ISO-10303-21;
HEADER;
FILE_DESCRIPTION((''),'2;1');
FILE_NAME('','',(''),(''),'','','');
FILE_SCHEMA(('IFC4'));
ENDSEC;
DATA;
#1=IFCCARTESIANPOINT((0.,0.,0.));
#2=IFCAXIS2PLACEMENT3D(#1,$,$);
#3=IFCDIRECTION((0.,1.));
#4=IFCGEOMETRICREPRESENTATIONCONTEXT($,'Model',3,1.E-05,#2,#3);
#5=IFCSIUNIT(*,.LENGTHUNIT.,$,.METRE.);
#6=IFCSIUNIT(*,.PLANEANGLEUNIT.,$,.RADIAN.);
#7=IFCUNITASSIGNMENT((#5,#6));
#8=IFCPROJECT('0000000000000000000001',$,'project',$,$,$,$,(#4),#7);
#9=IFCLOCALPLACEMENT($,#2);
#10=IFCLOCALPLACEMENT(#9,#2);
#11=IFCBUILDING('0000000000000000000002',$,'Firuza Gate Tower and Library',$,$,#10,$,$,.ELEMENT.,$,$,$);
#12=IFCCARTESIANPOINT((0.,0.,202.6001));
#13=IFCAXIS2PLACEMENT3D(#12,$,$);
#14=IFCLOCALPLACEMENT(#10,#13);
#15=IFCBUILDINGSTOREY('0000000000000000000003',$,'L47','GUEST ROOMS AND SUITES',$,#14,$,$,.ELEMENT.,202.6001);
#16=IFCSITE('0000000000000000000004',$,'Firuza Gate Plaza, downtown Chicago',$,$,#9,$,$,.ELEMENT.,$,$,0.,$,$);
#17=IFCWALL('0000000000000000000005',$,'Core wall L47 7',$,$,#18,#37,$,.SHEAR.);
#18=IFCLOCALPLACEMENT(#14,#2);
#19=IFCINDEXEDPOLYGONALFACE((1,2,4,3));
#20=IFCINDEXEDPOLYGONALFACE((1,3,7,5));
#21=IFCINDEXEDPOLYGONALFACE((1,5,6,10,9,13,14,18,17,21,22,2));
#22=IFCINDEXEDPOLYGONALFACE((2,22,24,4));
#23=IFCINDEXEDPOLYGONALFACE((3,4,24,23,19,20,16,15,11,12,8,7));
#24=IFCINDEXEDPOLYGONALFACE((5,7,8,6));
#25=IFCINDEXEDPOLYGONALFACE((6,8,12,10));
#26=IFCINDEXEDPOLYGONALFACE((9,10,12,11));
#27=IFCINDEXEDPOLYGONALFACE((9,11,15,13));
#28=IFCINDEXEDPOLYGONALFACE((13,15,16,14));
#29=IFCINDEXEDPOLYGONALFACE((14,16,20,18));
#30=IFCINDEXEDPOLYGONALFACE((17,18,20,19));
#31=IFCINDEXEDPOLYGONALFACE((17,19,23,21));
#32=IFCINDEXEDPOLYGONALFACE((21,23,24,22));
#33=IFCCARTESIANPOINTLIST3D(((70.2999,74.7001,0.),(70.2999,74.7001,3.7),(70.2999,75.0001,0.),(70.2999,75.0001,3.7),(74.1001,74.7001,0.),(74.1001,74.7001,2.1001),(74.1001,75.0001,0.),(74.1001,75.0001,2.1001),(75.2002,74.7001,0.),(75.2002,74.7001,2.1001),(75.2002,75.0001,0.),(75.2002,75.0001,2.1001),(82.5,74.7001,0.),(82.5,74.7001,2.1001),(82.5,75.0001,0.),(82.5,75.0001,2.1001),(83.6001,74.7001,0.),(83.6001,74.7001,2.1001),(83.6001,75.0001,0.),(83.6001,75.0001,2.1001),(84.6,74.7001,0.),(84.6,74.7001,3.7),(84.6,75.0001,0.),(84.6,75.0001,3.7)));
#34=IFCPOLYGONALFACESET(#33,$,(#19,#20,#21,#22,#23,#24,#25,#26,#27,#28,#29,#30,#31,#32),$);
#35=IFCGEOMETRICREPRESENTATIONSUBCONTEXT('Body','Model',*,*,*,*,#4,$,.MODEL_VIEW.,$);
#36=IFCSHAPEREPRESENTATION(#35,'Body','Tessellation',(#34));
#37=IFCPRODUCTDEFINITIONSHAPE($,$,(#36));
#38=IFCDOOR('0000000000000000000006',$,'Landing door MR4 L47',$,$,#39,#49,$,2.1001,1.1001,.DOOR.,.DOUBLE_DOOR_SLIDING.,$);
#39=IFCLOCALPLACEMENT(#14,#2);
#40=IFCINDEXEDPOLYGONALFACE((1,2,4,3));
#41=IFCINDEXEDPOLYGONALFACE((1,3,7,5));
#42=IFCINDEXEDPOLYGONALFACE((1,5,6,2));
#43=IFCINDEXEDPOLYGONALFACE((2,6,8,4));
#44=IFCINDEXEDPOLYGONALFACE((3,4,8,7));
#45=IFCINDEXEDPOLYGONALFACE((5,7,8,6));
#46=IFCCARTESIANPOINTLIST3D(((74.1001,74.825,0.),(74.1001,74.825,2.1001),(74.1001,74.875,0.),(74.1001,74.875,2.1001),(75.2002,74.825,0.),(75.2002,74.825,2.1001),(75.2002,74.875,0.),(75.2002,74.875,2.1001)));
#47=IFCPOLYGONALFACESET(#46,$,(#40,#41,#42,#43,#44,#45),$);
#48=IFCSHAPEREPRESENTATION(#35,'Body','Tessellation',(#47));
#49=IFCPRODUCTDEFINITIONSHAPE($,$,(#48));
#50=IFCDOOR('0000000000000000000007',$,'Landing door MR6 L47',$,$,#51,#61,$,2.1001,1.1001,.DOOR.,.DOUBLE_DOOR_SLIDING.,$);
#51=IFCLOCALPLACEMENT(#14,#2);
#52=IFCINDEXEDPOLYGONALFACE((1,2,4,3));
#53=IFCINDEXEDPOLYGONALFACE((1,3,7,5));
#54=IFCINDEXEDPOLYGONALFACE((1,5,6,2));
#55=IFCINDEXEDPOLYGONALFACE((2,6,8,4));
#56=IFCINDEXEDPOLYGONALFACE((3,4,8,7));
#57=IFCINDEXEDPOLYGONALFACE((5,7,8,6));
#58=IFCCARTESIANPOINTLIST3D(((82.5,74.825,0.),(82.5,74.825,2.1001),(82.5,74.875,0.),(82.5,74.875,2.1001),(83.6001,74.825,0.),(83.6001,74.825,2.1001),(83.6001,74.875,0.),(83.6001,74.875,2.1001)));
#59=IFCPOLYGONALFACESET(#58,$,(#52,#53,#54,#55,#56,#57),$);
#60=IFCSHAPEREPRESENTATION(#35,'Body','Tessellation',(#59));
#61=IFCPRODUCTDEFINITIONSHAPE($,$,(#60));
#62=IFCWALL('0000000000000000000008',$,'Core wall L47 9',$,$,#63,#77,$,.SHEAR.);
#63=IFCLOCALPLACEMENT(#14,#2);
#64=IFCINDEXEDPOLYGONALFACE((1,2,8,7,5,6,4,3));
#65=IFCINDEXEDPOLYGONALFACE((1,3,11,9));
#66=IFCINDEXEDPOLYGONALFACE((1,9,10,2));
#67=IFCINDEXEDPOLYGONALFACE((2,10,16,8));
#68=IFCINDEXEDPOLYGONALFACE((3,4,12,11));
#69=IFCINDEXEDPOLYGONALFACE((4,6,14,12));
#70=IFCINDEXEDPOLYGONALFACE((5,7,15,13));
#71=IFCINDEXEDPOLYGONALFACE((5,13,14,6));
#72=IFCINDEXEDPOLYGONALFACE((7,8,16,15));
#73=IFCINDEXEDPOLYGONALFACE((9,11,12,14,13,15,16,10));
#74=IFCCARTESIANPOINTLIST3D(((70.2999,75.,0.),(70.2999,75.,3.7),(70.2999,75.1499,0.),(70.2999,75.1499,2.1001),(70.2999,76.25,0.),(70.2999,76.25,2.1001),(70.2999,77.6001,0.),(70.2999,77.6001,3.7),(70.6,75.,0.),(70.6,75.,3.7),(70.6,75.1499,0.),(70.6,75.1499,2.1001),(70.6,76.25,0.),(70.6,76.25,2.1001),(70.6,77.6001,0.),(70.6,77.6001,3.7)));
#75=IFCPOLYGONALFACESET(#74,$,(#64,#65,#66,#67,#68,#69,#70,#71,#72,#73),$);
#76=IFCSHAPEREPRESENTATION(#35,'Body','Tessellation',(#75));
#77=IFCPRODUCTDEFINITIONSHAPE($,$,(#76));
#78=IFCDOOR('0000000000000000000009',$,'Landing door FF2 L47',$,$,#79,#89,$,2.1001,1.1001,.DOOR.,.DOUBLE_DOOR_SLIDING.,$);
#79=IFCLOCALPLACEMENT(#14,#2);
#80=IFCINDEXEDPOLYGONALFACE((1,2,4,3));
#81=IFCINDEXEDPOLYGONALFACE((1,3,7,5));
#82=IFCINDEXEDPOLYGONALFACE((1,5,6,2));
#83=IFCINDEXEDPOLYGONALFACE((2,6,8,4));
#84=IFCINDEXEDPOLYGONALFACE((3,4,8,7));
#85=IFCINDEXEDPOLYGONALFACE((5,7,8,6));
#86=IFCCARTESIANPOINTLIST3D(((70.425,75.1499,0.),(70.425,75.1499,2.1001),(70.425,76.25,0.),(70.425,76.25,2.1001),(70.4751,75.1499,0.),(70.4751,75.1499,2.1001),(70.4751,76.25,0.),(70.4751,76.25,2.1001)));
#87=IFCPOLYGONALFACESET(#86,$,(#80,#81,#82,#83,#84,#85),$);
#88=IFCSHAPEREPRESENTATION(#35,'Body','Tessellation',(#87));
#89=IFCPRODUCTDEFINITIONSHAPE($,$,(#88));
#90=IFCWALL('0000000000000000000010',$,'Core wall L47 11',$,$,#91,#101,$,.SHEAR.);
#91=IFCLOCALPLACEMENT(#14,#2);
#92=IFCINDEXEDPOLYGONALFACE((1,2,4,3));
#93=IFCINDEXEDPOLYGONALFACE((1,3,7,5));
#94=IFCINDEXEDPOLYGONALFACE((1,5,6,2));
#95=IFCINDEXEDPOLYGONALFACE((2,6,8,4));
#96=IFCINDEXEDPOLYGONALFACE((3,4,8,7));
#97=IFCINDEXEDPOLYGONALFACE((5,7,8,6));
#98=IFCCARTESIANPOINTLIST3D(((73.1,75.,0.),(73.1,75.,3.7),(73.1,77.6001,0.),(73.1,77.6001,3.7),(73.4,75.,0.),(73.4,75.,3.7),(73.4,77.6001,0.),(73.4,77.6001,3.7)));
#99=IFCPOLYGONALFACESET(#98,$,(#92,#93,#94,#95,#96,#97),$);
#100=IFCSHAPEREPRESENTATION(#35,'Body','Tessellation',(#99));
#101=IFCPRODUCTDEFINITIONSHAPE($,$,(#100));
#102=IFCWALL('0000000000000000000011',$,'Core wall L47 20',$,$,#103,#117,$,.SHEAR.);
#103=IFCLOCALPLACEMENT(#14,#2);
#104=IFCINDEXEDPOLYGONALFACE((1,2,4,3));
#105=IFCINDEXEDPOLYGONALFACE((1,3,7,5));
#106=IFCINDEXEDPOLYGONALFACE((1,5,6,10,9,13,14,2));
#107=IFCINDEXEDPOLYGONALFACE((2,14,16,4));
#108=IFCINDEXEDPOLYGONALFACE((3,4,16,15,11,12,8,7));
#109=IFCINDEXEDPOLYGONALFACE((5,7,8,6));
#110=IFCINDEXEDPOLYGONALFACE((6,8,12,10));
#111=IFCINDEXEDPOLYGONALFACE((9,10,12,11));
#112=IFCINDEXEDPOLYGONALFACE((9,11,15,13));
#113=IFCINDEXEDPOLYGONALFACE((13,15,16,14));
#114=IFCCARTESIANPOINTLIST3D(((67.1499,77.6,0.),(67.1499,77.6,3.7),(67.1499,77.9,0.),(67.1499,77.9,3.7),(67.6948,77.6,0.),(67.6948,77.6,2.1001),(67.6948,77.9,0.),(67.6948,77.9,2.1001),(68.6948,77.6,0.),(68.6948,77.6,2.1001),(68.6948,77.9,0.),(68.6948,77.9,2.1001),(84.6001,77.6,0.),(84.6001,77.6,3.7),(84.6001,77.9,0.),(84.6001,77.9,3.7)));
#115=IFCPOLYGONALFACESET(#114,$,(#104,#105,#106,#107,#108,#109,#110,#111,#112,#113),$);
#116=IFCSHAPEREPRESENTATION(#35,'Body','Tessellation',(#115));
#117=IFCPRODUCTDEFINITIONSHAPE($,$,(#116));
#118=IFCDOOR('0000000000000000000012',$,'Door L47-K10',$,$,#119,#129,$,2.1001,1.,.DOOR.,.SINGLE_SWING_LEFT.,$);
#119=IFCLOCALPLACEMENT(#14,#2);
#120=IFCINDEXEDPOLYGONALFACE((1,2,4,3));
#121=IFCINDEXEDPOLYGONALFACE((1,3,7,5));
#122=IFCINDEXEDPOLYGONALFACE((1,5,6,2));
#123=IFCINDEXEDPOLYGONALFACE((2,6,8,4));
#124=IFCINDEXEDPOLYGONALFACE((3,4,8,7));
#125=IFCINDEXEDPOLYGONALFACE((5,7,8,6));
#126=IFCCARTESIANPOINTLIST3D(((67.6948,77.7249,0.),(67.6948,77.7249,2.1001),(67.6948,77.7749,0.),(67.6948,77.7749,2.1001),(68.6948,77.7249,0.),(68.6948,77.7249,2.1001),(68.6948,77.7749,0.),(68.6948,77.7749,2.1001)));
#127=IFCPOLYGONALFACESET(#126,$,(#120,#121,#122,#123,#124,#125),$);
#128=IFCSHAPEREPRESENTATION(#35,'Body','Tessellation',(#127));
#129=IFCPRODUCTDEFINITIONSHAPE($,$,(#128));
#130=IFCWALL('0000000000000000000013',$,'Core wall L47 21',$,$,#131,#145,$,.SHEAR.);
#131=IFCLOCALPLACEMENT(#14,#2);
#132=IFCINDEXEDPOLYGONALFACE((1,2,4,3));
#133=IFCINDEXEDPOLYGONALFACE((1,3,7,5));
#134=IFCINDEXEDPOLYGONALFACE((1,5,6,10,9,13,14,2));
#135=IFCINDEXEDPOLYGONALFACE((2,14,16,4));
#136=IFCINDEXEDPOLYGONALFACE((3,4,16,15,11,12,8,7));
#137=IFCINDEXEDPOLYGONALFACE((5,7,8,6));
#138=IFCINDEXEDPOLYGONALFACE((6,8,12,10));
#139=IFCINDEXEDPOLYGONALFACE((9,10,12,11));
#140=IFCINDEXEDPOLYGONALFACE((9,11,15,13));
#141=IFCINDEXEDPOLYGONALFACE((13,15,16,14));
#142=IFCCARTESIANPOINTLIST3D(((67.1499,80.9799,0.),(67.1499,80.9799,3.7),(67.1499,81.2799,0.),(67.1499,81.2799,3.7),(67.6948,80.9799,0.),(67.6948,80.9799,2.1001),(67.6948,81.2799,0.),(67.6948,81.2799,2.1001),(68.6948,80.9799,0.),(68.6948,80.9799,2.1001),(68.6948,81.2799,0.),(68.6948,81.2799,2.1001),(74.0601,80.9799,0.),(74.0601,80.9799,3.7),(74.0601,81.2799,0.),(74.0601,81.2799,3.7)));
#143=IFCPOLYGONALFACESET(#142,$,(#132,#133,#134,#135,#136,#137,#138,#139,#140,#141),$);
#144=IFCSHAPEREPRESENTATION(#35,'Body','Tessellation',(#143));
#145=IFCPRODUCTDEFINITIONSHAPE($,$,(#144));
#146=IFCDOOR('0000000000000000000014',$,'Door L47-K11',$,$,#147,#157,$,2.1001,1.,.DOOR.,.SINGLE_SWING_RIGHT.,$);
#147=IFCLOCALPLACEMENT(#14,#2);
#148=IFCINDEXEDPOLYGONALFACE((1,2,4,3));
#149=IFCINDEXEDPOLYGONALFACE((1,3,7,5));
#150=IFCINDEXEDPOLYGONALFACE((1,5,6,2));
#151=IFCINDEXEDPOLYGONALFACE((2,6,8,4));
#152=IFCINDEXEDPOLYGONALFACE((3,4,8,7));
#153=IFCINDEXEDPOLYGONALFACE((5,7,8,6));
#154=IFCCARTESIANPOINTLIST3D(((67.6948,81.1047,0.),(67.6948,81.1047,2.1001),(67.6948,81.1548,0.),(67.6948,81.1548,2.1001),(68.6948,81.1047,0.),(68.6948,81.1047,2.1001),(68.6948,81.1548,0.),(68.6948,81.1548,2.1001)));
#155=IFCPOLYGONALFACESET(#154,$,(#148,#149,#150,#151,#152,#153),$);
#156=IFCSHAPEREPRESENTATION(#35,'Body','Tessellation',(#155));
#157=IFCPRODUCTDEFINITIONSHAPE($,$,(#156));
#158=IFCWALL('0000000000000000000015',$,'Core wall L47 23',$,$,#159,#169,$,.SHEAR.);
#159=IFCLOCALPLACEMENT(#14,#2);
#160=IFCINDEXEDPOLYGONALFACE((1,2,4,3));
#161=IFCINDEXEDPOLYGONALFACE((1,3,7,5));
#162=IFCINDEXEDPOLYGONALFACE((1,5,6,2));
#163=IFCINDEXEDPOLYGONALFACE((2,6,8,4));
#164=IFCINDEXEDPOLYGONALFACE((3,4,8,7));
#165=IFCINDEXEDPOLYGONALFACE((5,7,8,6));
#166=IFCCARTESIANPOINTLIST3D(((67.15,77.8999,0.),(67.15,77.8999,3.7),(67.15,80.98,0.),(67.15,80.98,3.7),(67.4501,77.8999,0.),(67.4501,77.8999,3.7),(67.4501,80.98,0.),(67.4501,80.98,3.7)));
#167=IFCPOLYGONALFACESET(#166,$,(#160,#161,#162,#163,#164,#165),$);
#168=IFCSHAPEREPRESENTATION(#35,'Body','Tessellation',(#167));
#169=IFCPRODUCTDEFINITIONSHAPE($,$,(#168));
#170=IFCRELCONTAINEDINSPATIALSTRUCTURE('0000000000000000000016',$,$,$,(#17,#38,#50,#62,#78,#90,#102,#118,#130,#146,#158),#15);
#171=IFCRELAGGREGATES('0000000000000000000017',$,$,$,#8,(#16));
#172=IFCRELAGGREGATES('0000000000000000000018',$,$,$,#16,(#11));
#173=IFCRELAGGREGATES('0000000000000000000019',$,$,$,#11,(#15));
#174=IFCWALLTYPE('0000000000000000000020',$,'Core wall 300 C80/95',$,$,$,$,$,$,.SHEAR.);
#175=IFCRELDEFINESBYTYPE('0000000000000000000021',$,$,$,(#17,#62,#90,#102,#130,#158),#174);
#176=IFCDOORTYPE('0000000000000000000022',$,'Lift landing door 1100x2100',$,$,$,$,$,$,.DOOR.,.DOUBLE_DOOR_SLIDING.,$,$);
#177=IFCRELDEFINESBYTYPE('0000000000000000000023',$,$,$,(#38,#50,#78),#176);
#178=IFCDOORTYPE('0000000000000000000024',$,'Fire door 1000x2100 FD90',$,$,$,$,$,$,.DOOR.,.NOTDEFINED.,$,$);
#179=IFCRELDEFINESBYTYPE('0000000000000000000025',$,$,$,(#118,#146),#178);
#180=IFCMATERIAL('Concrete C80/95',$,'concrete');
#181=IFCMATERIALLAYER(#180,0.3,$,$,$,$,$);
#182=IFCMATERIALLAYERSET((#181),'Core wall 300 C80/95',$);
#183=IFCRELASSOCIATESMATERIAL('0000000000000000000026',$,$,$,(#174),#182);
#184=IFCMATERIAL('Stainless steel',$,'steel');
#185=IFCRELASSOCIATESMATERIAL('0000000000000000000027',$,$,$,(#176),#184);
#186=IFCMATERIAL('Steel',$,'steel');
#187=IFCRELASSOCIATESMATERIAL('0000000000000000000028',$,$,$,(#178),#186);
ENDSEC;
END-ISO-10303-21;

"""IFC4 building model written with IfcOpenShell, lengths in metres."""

from ifc_helpers import new_model, si_unit, direction, frame, frame_2d, origin, place, context, subcontext, project, spatial, rectangle, extrude, material, layer, layer_set, type_object, element, fill, save


model = new_model("IFC4")

# Units and contexts
model_context = context("Model", 3, precision=1e-05, world=origin(), true_north=direction((0.0, 1.0)))
body_context = subcontext(model_context, "Body", "Model", "MODEL_VIEW")
ifc_project = project(units=[si_unit("LENGTHUNIT", "METRE"), si_unit("PLANEANGLEUNIT", "RADIAN")], contexts=[model_context])

# Site, building, storey
site_placement = place(None, origin())
site = spatial("IfcSite", under=ifc_project, at=site_placement, Name="Firuza Gate Plaza, downtown Chicago", CompositionType="ELEMENT", RefElevation=0.0)
building_placement = place(site_placement, origin())
building = spatial("IfcBuilding", under=site, at=building_placement, Name="Firuza Gate Tower and Library", CompositionType="ELEMENT")
storey_placement = place(building_placement, frame((0.0, 0.0, 202.6001)))
storey = spatial("IfcBuildingStorey", under=building, at=storey_placement, Name="L47", Description="GUEST ROOMS AND SUITES", CompositionType="ELEMENT", Elevation=202.6001)

# Wall, openings, doors
ifc_material_1 = material(Name="Concrete C80/95", Category="concrete")
ifc_layer_1 = layer(ifc_material_1, 0.3)
ifc_layer_set_1 = layer_set([ifc_layer_1], Name="Core wall 300 C80/95")
wall_type_1 = type_object("IfcWallType", Name="Core wall 300 C80/95", PredefinedType="SHEAR", material=ifc_layer_set_1)
wall_1_placement = place(storey_placement, frame((70.3, 74.8501, 0.0), z_axis=(0.0, 0.0, 1.0), x_axis=(1.0, 0.0, 0.0)))
wall_1 = element("IfcWall", 1, at=wall_1_placement, inside=storey, type_object=wall_type_1, Name="Core wall L47 7", PredefinedType="SHEAR", context=body_context, shape_type="SweptSolid", body=[
    extrude(rectangle(XDim=14.3, YDim=0.3, at=frame_2d((7.1499, 0.0))), origin(), (0.0, 0.0, 1.0), 3.7),
])
opening_1_placement = place(wall_1_placement, frame((3.8, 0.0, 0.0)))
opening_1 = element("IfcOpeningElement", 2, at=opening_1_placement, cuts=wall_1, PredefinedType="OPENING", context=body_context, shape_type="SweptSolid", body=[
    extrude(rectangle(XDim=1.1001, YDim=2.1001, at=frame_2d((0.55, 1.05))), frame((0.0, 0.1602, 0.0), z_axis=(0.0, -1.0, 0.0), x_axis=(1.0, 0.0, 0.0)), (0.0, 0.0, 1.0), 0.3201),
])
opening_2_placement = place(wall_1_placement, frame((12.2, 0.0, 0.0)))
opening_2 = element("IfcOpeningElement", 3, at=opening_2_placement, cuts=wall_1, PredefinedType="OPENING", context=body_context, shape_type="SweptSolid", body=[
    extrude(rectangle(XDim=1.1001, YDim=2.1001, at=frame_2d((0.55, 1.05))), frame((0.0, 0.1602, 0.0), z_axis=(0.0, -1.0, 0.0), x_axis=(1.0, 0.0, 0.0)), (0.0, 0.0, 1.0), 0.3201),
])
ifc_material_2 = material(Name="Stainless steel", Category="steel")
door_type_1 = type_object("IfcDoorType", Name="Lift landing door 1100x2100", OperationType="DOUBLE_DOOR_SLIDING", PredefinedType="DOOR", material=ifc_material_2)
door_1_placement = place(opening_1_placement, origin())
door_1 = element("IfcDoor", 4, at=door_1_placement, inside=storey, type_object=door_type_1, Name="Landing door MR4 L47", OperationType="DOUBLE_DOOR_SLIDING", OverallHeight=2.1001, OverallWidth=1.1001, PredefinedType="DOOR", context=body_context, shape_type="SweptSolid", body=[
    extrude(rectangle(XDim=1.1001, YDim=2.1001, at=frame_2d((0.55, 1.05))), frame((0.0, 0.0249, 0.0), z_axis=(0.0, -1.0, 0.0), x_axis=(1.0, 0.0, 0.0)), (0.0, 0.0, 1.0), 0.05),
])
fill(opening_1, door_1)
door_2_placement = place(opening_2_placement, origin())
door_2 = element("IfcDoor", 5, at=door_2_placement, inside=storey, type_object=door_type_1, Name="Landing door MR6 L47", OperationType="DOUBLE_DOOR_SLIDING", OverallHeight=2.1001, OverallWidth=1.1001, PredefinedType="DOOR", context=body_context, shape_type="SweptSolid", body=[
    extrude(rectangle(XDim=1.1001, YDim=2.1001, at=frame_2d((0.55, 1.05))), frame((0.0, 0.0249, 0.0), z_axis=(0.0, -1.0, 0.0), x_axis=(1.0, 0.0, 0.0)), (0.0, 0.0, 1.0), 0.05),
])
fill(opening_2, door_2)

# Wall, opening, door
wall_2_placement = place(storey_placement, frame((70.45, 75.0, 0.0), z_axis=(0.0, 0.0, 1.0), x_axis=(0.0, 1.0, 0.0)))
wall_2 = element("IfcWall", 6, at=wall_2_placement, inside=storey, type_object=wall_type_1, Name="Core wall L47 9", PredefinedType="SHEAR", context=body_context, shape_type="SweptSolid", body=[
    extrude(rectangle(XDim=2.6001, YDim=0.3, at=frame_2d((1.3, 0.0))), origin(), (0.0, 0.0, 1.0), 3.7),
])
opening_3_placement = place(wall_2_placement, frame((0.1499, 0.0, 0.0)))
opening_3 = element("IfcOpeningElement", 7, at=opening_3_placement, cuts=wall_2, PredefinedType="OPENING", context=body_context, shape_type="SweptSolid", body=[
    extrude(rectangle(XDim=1.1001, YDim=2.1001, at=frame_2d((0.55, 1.05))), frame((0.0, 0.1602, 0.0), z_axis=(0.0, -1.0, 0.0), x_axis=(1.0, 0.0, 0.0)), (0.0, 0.0, 1.0), 0.3201),
])
door_3_placement = place(opening_3_placement, origin())
door_3 = element("IfcDoor", 8, at=door_3_placement, inside=storey, type_object=door_type_1, Name="Landing door FF2 L47", OperationType="DOUBLE_DOOR_SLIDING", OverallHeight=2.1001, OverallWidth=1.1001, PredefinedType="DOOR", context=body_context, shape_type="SweptSolid", body=[
    extrude(rectangle(XDim=1.1001, YDim=2.1001, at=frame_2d((0.55, 1.05))), frame((0.0, 0.0249, 0.0), z_axis=(0.0, -1.0, 0.0), x_axis=(1.0, 0.0, 0.0)), (0.0, 0.0, 1.0), 0.05),
])
fill(opening_3, door_3)

# Wall
wall_3_placement = place(storey_placement, frame((73.25, 75.0, 0.0), z_axis=(0.0, 0.0, 1.0), x_axis=(0.0, 1.0, 0.0)))
element("IfcWall", 9, at=wall_3_placement, inside=storey, type_object=wall_type_1, Name="Core wall L47 11", PredefinedType="SHEAR", context=body_context, shape_type="SweptSolid", body=[
    extrude(rectangle(XDim=2.6001, YDim=0.3, at=frame_2d((1.3, 0.0))), origin(), (0.0, 0.0, 1.0), 3.7),
])

# Walls, openings, doors
wall_4_placement = place(storey_placement, frame((67.1499, 77.75, 0.0), z_axis=(0.0, 0.0, 1.0), x_axis=(1.0, 0.0, 0.0)))
wall_4 = element("IfcWall", 10, at=wall_4_placement, inside=storey, type_object=wall_type_1, Name="Core wall L47 20", PredefinedType="SHEAR", context=body_context, shape_type="SweptSolid", body=[
    extrude(rectangle(XDim=17.4502, YDim=0.3, at=frame_2d((8.7251, 0.0))), origin(), (0.0, 0.0, 1.0), 3.7),
])
opening_4_placement = place(wall_4_placement, frame((0.5449, 0.0, 0.0)))
opening_4 = element("IfcOpeningElement", 11, at=opening_4_placement, cuts=wall_4, PredefinedType="OPENING", context=body_context, shape_type="SweptSolid", body=[
    extrude(rectangle(XDim=1.0, YDim=2.1001, at=frame_2d((0.5, 1.05))), frame((0.0, 0.1602, 0.0), z_axis=(0.0, -1.0, 0.0), x_axis=(1.0, 0.0, 0.0)), (0.0, 0.0, 1.0), 0.3201),
])
ifc_material_3 = material(Name="Steel", Category="steel")
door_type_2 = type_object("IfcDoorType", Name="Fire door 1000x2100 FD90", OperationType="NOTDEFINED", PredefinedType="DOOR", material=ifc_material_3)
door_4_placement = place(opening_4_placement, origin())
door_4 = element("IfcDoor", 12, at=door_4_placement, inside=storey, type_object=door_type_2, Name="Door L47-K10", OperationType="SINGLE_SWING_LEFT", OverallHeight=2.1001, OverallWidth=1.0, PredefinedType="DOOR", context=body_context, shape_type="SweptSolid", body=[
    extrude(rectangle(XDim=1.0, YDim=2.1001, at=frame_2d((0.5, 1.05))), frame((0.0, 0.0249, 0.0), z_axis=(0.0, -1.0, 0.0), x_axis=(1.0, 0.0, 0.0)), (0.0, 0.0, 1.0), 0.05),
])
fill(opening_4, door_4)
wall_5_placement = place(storey_placement, frame((67.1499, 81.1299, 0.0), z_axis=(0.0, 0.0, 1.0), x_axis=(1.0, 0.0, 0.0)))
wall_5 = element("IfcWall", 13, at=wall_5_placement, inside=storey, type_object=wall_type_1, Name="Core wall L47 21", PredefinedType="SHEAR", context=body_context, shape_type="SweptSolid", body=[
    extrude(rectangle(XDim=6.9102, YDim=0.3, at=frame_2d((3.4551, 0.0))), origin(), (0.0, 0.0, 1.0), 3.7),
])
opening_5_placement = place(wall_5_placement, frame((0.5449, 0.0, 0.0)))
opening_5 = element("IfcOpeningElement", 14, at=opening_5_placement, cuts=wall_5, PredefinedType="OPENING", context=body_context, shape_type="SweptSolid", body=[
    extrude(rectangle(XDim=1.0, YDim=2.1001, at=frame_2d((0.5, 1.05))), frame((0.0, 0.1602, 0.0), z_axis=(0.0, -1.0, 0.0), x_axis=(1.0, 0.0, 0.0)), (0.0, 0.0, 1.0), 0.3201),
])
door_5_placement = place(opening_5_placement, origin())
door_5 = element("IfcDoor", 15, at=door_5_placement, inside=storey, type_object=door_type_2, Name="Door L47-K11", OperationType="SINGLE_SWING_RIGHT", OverallHeight=2.1001, OverallWidth=1.0, PredefinedType="DOOR", context=body_context, shape_type="SweptSolid", body=[
    extrude(rectangle(XDim=1.0, YDim=2.1001, at=frame_2d((0.5, 1.05))), frame((0.0, 0.0249, 0.0), z_axis=(0.0, -1.0, 0.0), x_axis=(1.0, 0.0, 0.0)), (0.0, 0.0, 1.0), 0.05),
])
fill(opening_5, door_5)

# Wall
for number, where, z_axis, x_axis, name in (
    (16, (67.3, 77.8999, 0.0), (0.0, 0.0, 1.0), (0.0, 1.0, 0.0), "Core wall L47 23"),
):
    element("IfcWall", number, at=place(storey_placement, frame(where, z_axis=z_axis, x_axis=x_axis)), inside=storey, type_object=wall_type_1, Name=name, PredefinedType="SHEAR", context=body_context, shape_type="SweptSolid", body=[
        extrude(rectangle(XDim=3.0801, YDim=0.3, at=frame_2d((1.54, 0.0))), origin(), (0.0, 0.0, 1.0), 3.7),
    ])

save(model, "model.ifc")
